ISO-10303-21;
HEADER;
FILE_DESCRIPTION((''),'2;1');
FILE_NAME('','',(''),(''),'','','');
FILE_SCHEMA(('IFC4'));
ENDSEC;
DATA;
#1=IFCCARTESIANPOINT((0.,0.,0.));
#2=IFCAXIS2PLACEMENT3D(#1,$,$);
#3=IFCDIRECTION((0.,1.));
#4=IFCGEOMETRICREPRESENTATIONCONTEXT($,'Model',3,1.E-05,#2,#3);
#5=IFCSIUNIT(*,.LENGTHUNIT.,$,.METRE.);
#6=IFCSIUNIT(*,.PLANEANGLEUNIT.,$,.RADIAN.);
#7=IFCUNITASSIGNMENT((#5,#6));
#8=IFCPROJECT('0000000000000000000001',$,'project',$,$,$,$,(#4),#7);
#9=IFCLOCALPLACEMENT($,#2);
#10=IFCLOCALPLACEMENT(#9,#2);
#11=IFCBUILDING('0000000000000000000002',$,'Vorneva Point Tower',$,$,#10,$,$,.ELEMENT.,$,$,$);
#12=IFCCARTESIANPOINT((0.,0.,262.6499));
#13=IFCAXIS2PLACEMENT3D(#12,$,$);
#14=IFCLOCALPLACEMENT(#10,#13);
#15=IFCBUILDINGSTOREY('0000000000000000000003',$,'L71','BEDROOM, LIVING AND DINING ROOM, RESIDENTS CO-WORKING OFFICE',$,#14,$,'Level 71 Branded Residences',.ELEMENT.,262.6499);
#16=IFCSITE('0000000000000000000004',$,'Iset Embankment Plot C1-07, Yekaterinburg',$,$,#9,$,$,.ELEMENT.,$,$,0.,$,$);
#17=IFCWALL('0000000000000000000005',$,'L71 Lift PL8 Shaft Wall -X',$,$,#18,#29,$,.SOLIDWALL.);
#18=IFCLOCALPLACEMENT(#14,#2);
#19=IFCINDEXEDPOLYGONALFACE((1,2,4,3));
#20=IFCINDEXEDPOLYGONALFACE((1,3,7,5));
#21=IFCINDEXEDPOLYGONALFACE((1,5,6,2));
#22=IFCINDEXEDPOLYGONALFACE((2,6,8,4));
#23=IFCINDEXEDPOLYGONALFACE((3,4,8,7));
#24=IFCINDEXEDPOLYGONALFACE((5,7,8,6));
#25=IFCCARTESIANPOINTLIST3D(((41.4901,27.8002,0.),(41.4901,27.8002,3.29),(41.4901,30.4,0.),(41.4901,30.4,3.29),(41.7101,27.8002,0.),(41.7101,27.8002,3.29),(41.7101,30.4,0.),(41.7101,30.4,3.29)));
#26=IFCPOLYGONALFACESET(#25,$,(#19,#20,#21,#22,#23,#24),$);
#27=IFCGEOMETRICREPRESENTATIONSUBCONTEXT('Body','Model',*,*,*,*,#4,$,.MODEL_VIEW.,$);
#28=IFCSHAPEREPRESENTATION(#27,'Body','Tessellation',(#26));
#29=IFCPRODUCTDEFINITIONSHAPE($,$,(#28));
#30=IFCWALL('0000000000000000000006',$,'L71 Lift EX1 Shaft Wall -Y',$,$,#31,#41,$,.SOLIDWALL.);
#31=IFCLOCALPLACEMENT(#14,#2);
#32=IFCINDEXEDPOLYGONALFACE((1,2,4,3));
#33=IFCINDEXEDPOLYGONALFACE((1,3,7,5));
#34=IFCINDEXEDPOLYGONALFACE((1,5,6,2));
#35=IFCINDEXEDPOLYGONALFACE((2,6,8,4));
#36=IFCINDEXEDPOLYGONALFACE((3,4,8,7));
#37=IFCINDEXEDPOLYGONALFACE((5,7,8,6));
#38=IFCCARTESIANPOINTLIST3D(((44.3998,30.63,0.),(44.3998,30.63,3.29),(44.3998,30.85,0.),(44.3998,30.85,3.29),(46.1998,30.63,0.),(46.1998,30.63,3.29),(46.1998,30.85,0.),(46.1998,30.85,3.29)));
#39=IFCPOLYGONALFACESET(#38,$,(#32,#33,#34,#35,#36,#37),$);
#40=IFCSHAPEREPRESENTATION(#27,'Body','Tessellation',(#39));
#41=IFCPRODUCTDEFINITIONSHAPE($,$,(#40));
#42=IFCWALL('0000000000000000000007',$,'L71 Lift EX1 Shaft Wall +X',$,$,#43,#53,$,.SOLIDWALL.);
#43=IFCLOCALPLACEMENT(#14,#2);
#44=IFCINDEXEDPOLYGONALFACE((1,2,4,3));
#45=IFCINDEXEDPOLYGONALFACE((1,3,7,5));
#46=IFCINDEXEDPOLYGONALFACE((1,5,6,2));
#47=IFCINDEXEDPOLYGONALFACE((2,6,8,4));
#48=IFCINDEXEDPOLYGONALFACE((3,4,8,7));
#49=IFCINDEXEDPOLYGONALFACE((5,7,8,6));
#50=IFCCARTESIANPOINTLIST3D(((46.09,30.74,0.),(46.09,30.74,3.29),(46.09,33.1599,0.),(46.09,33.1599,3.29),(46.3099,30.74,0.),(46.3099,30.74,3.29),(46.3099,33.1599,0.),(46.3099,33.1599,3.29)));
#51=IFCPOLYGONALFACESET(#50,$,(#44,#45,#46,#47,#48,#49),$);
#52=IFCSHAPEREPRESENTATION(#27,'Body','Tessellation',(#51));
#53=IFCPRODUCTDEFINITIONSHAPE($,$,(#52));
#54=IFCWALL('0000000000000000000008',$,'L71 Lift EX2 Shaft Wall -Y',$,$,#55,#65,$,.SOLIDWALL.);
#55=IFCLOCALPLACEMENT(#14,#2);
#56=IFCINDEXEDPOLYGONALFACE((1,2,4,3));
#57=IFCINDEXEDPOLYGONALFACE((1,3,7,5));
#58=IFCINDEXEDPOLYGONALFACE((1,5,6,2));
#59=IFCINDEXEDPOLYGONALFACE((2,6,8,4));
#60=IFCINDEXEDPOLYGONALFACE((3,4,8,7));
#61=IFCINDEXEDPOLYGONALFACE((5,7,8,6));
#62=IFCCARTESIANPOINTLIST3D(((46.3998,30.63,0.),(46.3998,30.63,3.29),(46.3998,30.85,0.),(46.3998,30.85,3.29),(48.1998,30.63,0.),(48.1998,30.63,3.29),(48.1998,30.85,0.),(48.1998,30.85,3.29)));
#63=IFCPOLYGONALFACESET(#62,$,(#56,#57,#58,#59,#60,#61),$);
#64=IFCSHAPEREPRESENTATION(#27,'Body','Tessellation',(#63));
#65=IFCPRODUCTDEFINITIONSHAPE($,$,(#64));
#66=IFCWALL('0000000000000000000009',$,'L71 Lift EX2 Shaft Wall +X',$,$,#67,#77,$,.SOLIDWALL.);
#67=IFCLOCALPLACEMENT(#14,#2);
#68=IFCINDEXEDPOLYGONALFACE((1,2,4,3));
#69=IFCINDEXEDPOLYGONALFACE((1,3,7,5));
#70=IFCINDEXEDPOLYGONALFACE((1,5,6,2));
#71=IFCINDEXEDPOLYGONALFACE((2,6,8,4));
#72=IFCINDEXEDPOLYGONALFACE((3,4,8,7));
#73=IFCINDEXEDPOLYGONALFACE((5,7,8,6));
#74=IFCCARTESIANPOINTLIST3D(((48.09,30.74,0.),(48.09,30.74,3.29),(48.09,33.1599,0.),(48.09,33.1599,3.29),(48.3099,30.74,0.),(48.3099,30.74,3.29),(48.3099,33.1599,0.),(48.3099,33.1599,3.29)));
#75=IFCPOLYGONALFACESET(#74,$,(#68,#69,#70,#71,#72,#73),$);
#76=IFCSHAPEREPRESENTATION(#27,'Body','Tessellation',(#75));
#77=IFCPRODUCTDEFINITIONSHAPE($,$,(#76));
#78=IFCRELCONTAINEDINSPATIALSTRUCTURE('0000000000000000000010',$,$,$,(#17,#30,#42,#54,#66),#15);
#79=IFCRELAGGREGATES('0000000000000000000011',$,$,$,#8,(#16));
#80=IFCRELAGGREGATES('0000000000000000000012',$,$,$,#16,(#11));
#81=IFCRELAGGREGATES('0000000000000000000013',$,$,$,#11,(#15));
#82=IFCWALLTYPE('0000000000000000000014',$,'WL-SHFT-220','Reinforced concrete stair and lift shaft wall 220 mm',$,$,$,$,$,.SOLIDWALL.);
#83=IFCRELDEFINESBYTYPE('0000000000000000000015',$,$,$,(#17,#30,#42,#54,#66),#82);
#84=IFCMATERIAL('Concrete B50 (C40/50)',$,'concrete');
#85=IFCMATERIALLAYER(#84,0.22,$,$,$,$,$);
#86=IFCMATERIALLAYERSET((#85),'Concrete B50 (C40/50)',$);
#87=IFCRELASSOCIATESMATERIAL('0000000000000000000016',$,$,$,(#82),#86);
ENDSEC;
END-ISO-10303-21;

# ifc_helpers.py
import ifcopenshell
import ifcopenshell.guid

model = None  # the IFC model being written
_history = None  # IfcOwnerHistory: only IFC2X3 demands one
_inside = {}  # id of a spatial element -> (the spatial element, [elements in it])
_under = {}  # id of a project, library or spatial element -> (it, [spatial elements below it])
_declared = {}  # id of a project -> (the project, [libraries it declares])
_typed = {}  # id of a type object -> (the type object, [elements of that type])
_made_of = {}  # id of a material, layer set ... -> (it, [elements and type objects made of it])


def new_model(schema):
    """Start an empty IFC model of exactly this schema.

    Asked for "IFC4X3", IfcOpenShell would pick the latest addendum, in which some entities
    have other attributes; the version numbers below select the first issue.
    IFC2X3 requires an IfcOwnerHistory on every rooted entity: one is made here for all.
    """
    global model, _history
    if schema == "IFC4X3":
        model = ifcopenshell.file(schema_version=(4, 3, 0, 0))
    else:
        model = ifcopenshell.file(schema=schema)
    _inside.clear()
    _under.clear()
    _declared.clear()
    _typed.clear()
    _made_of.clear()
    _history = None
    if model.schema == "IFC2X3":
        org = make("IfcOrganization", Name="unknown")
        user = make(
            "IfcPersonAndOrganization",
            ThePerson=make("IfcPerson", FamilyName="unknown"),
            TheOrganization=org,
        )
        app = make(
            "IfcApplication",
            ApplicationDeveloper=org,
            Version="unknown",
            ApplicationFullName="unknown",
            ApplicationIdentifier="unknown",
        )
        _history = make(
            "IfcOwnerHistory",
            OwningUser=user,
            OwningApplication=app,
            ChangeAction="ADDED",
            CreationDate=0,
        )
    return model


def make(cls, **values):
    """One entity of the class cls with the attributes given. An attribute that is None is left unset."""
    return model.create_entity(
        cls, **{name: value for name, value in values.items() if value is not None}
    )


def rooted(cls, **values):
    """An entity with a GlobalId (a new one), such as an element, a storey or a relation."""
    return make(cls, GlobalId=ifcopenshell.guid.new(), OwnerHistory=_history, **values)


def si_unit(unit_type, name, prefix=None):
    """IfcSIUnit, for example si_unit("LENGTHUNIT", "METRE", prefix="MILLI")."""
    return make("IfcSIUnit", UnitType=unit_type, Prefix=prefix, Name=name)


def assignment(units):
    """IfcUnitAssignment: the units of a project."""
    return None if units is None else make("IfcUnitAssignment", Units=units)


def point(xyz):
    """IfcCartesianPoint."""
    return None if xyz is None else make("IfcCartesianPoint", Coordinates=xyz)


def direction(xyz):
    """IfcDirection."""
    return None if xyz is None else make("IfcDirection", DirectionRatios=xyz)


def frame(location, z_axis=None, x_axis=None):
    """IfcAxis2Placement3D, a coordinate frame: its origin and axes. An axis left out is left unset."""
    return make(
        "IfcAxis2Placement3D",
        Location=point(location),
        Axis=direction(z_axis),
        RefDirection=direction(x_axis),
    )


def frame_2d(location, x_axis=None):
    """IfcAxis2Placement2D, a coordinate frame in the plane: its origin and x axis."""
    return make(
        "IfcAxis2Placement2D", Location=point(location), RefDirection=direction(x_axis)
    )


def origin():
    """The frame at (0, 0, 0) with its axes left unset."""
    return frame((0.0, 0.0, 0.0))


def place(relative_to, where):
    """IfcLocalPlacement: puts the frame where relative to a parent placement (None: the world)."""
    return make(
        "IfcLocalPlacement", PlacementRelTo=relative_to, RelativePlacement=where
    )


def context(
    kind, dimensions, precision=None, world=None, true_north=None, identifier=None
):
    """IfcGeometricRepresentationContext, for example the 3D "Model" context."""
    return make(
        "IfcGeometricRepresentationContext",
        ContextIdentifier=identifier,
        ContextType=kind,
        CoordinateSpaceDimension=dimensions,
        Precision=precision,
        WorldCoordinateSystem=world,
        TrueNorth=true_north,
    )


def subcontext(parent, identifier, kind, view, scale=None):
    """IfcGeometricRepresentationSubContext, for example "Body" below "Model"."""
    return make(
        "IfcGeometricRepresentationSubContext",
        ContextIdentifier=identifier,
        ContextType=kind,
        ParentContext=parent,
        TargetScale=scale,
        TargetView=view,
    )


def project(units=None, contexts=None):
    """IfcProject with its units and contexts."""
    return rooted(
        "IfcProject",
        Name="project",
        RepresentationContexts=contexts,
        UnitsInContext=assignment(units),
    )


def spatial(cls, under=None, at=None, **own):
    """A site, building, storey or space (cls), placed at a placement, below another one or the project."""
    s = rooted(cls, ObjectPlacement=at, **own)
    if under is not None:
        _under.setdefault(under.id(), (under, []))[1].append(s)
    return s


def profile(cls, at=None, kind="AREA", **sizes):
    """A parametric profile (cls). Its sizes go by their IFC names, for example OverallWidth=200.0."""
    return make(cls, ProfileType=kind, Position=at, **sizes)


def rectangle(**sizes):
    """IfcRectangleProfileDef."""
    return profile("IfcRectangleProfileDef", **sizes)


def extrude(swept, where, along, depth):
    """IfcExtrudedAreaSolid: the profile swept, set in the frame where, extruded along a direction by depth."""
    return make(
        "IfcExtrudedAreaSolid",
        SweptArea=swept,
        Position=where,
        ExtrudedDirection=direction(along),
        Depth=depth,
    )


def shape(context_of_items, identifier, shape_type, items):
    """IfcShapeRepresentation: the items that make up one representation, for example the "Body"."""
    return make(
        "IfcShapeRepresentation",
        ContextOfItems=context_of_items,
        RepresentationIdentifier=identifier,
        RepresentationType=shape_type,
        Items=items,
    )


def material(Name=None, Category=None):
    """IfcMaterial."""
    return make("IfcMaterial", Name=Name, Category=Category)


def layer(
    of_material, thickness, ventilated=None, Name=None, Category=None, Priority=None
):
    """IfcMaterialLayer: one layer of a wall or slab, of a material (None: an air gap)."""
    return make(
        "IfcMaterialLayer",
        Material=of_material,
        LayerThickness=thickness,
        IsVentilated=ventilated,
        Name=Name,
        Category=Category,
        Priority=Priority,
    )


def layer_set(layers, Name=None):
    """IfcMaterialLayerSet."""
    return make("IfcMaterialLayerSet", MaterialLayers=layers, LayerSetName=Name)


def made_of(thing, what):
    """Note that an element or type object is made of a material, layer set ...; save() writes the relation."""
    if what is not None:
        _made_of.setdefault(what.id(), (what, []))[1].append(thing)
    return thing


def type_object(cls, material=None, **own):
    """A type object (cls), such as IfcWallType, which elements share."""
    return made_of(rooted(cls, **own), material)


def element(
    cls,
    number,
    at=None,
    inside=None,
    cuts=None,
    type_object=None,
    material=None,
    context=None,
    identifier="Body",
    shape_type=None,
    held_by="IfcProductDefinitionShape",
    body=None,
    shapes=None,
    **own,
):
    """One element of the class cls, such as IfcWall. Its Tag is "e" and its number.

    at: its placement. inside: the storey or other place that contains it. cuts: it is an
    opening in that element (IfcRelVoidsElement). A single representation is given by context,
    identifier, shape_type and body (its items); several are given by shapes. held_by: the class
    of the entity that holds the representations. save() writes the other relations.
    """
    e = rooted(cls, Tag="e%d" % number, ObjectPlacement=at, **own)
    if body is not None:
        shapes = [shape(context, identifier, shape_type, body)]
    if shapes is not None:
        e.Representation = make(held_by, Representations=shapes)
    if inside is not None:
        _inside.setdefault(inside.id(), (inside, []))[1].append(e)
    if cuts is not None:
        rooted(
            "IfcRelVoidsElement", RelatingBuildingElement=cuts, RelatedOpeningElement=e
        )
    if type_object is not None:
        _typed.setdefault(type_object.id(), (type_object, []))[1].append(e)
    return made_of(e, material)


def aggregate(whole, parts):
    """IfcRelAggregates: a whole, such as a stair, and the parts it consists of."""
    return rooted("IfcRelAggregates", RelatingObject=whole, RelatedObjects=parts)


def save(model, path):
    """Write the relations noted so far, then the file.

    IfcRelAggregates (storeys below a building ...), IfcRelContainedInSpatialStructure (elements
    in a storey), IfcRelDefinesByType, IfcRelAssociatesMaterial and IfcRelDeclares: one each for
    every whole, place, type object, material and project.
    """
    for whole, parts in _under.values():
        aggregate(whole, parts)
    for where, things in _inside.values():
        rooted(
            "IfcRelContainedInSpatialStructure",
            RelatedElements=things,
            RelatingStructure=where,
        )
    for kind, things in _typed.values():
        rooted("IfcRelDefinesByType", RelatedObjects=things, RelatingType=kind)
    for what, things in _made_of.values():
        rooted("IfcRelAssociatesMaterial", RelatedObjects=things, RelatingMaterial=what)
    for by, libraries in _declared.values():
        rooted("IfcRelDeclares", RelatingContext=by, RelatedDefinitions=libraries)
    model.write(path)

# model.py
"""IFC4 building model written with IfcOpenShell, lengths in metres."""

from ifc_helpers import new_model, si_unit, direction, frame, frame_2d, origin, place, context, subcontext, project, spatial, rectangle, extrude, material, layer, layer_set, type_object, element, save


model = new_model("IFC4")

# Units and contexts
model_context = context("Model", 3, precision=1e-05, world=origin(), true_north=direction((0.0, 1.0)))
body_context = subcontext(model_context, "Body", "Model", "MODEL_VIEW")
ifc_project = project(units=[si_unit("LENGTHUNIT", "METRE"), si_unit("PLANEANGLEUNIT", "RADIAN")], contexts=[model_context])

# Site, building, storey
site_placement = place(None, origin())
site = spatial("IfcSite", under=ifc_project, at=site_placement, Name="Iset Embankment Plot C1-07, Yekaterinburg", CompositionType="ELEMENT", RefElevation=0.0)
building_placement = place(site_placement, origin())
building = spatial("IfcBuilding", under=site, at=building_placement, Name="Vorneva Point Tower", CompositionType="ELEMENT")
storey_placement = place(building_placement, frame((0.0, 0.0, 262.6499)))
storey = spatial("IfcBuildingStorey", under=building, at=storey_placement, Name="L71", Description="BEDROOM, LIVING AND DINING ROOM, RESIDENTS CO-WORKING OFFICE", LongName="Level 71 Branded Residences", CompositionType="ELEMENT", Elevation=262.6499)

# Shared definitions
ifc_material_1 = material(Name="Concrete B50 (C40/50)", Category="concrete")

# Shared definitions
ifc_layer_1 = layer(ifc_material_1, 0.22)
ifc_layer_set_1 = layer_set([ifc_layer_1], Name="Concrete B50 (C40/50)")
wall_type_1 = type_object("IfcWallType", Name="WL-SHFT-220", Description="Reinforced concrete stair and lift shaft wall 220 mm", PredefinedType="SOLIDWALL", material=ifc_layer_set_1)

# Walls
wall_1_placement = place(storey_placement, frame((41.6001, 30.3999, 0.0), z_axis=(0.0, 0.0, 1.0), x_axis=(0.0, -1.0, 0.0)))
element("IfcWall", 1, at=wall_1_placement, inside=storey, type_object=wall_type_1, Name="L71 Lift PL8 Shaft Wall -X", PredefinedType="SOLIDWALL", context=body_context, shape_type="SweptSolid", body=[
    extrude(rectangle(XDim=2.5999, YDim=0.22, at=frame_2d((1.2998, 0.0))), origin(), (0.0, 0.0, 1.0), 3.29),
])
wall_2_placement = place(storey_placement, frame((44.3999, 30.74, 0.0), z_axis=(0.0, 0.0, 1.0), x_axis=(1.0, 0.0, 0.0)))
element("IfcWall", 2, at=wall_2_placement, inside=storey, type_object=wall_type_1, Name="L71 Lift EX1 Shaft Wall -Y", PredefinedType="SOLIDWALL", context=body_context, shape_type="SweptSolid", body=[
    extrude(rectangle(XDim=1.8, YDim=0.22, at=frame_2d((0.8999, 0.0))), origin(), (0.0, 0.0, 1.0), 3.29),
])
wall_3_placement = place(storey_placement, frame((46.2, 30.74, 0.0), z_axis=(0.0, 0.0, 1.0), x_axis=(0.0, 1.0, 0.0)))
element("IfcWall", 3, at=wall_3_placement, inside=storey, type_object=wall_type_1, Name="L71 Lift EX1 Shaft Wall +X", PredefinedType="SOLIDWALL", context=body_context, shape_type="SweptSolid", body=[
    extrude(rectangle(XDim=2.4199, YDim=0.22, at=frame_2d((1.21, 0.0))), origin(), (0.0, 0.0, 1.0), 3.29),
])
wall_4_placement = place(storey_placement, frame((46.3999, 30.74, 0.0), z_axis=(0.0, 0.0, 1.0), x_axis=(1.0, 0.0, 0.0)))
element("IfcWall", 4, at=wall_4_placement, inside=storey, type_object=wall_type_1, Name="L71 Lift EX2 Shaft Wall -Y", PredefinedType="SOLIDWALL", context=body_context, shape_type="SweptSolid", body=[
    extrude(rectangle(XDim=1.8, YDim=0.22, at=frame_2d((0.8999, 0.0))), origin(), (0.0, 0.0, 1.0), 3.29),
])
wall_5_placement = place(storey_placement, frame((48.2, 30.74, 0.0), z_axis=(0.0, 0.0, 1.0), x_axis=(0.0, 1.0, 0.0)))
element("IfcWall", 5, at=wall_5_placement, inside=storey, type_object=wall_type_1, Name="L71 Lift EX2 Shaft Wall +X", PredefinedType="SOLIDWALL", context=body_context, shape_type="SweptSolid", body=[
    extrude(rectangle(XDim=2.4199, YDim=0.22, at=frame_2d((1.21, 0.0))), origin(), (0.0, 0.0, 1.0), 3.29),
])

save(model, "model.ifc")
